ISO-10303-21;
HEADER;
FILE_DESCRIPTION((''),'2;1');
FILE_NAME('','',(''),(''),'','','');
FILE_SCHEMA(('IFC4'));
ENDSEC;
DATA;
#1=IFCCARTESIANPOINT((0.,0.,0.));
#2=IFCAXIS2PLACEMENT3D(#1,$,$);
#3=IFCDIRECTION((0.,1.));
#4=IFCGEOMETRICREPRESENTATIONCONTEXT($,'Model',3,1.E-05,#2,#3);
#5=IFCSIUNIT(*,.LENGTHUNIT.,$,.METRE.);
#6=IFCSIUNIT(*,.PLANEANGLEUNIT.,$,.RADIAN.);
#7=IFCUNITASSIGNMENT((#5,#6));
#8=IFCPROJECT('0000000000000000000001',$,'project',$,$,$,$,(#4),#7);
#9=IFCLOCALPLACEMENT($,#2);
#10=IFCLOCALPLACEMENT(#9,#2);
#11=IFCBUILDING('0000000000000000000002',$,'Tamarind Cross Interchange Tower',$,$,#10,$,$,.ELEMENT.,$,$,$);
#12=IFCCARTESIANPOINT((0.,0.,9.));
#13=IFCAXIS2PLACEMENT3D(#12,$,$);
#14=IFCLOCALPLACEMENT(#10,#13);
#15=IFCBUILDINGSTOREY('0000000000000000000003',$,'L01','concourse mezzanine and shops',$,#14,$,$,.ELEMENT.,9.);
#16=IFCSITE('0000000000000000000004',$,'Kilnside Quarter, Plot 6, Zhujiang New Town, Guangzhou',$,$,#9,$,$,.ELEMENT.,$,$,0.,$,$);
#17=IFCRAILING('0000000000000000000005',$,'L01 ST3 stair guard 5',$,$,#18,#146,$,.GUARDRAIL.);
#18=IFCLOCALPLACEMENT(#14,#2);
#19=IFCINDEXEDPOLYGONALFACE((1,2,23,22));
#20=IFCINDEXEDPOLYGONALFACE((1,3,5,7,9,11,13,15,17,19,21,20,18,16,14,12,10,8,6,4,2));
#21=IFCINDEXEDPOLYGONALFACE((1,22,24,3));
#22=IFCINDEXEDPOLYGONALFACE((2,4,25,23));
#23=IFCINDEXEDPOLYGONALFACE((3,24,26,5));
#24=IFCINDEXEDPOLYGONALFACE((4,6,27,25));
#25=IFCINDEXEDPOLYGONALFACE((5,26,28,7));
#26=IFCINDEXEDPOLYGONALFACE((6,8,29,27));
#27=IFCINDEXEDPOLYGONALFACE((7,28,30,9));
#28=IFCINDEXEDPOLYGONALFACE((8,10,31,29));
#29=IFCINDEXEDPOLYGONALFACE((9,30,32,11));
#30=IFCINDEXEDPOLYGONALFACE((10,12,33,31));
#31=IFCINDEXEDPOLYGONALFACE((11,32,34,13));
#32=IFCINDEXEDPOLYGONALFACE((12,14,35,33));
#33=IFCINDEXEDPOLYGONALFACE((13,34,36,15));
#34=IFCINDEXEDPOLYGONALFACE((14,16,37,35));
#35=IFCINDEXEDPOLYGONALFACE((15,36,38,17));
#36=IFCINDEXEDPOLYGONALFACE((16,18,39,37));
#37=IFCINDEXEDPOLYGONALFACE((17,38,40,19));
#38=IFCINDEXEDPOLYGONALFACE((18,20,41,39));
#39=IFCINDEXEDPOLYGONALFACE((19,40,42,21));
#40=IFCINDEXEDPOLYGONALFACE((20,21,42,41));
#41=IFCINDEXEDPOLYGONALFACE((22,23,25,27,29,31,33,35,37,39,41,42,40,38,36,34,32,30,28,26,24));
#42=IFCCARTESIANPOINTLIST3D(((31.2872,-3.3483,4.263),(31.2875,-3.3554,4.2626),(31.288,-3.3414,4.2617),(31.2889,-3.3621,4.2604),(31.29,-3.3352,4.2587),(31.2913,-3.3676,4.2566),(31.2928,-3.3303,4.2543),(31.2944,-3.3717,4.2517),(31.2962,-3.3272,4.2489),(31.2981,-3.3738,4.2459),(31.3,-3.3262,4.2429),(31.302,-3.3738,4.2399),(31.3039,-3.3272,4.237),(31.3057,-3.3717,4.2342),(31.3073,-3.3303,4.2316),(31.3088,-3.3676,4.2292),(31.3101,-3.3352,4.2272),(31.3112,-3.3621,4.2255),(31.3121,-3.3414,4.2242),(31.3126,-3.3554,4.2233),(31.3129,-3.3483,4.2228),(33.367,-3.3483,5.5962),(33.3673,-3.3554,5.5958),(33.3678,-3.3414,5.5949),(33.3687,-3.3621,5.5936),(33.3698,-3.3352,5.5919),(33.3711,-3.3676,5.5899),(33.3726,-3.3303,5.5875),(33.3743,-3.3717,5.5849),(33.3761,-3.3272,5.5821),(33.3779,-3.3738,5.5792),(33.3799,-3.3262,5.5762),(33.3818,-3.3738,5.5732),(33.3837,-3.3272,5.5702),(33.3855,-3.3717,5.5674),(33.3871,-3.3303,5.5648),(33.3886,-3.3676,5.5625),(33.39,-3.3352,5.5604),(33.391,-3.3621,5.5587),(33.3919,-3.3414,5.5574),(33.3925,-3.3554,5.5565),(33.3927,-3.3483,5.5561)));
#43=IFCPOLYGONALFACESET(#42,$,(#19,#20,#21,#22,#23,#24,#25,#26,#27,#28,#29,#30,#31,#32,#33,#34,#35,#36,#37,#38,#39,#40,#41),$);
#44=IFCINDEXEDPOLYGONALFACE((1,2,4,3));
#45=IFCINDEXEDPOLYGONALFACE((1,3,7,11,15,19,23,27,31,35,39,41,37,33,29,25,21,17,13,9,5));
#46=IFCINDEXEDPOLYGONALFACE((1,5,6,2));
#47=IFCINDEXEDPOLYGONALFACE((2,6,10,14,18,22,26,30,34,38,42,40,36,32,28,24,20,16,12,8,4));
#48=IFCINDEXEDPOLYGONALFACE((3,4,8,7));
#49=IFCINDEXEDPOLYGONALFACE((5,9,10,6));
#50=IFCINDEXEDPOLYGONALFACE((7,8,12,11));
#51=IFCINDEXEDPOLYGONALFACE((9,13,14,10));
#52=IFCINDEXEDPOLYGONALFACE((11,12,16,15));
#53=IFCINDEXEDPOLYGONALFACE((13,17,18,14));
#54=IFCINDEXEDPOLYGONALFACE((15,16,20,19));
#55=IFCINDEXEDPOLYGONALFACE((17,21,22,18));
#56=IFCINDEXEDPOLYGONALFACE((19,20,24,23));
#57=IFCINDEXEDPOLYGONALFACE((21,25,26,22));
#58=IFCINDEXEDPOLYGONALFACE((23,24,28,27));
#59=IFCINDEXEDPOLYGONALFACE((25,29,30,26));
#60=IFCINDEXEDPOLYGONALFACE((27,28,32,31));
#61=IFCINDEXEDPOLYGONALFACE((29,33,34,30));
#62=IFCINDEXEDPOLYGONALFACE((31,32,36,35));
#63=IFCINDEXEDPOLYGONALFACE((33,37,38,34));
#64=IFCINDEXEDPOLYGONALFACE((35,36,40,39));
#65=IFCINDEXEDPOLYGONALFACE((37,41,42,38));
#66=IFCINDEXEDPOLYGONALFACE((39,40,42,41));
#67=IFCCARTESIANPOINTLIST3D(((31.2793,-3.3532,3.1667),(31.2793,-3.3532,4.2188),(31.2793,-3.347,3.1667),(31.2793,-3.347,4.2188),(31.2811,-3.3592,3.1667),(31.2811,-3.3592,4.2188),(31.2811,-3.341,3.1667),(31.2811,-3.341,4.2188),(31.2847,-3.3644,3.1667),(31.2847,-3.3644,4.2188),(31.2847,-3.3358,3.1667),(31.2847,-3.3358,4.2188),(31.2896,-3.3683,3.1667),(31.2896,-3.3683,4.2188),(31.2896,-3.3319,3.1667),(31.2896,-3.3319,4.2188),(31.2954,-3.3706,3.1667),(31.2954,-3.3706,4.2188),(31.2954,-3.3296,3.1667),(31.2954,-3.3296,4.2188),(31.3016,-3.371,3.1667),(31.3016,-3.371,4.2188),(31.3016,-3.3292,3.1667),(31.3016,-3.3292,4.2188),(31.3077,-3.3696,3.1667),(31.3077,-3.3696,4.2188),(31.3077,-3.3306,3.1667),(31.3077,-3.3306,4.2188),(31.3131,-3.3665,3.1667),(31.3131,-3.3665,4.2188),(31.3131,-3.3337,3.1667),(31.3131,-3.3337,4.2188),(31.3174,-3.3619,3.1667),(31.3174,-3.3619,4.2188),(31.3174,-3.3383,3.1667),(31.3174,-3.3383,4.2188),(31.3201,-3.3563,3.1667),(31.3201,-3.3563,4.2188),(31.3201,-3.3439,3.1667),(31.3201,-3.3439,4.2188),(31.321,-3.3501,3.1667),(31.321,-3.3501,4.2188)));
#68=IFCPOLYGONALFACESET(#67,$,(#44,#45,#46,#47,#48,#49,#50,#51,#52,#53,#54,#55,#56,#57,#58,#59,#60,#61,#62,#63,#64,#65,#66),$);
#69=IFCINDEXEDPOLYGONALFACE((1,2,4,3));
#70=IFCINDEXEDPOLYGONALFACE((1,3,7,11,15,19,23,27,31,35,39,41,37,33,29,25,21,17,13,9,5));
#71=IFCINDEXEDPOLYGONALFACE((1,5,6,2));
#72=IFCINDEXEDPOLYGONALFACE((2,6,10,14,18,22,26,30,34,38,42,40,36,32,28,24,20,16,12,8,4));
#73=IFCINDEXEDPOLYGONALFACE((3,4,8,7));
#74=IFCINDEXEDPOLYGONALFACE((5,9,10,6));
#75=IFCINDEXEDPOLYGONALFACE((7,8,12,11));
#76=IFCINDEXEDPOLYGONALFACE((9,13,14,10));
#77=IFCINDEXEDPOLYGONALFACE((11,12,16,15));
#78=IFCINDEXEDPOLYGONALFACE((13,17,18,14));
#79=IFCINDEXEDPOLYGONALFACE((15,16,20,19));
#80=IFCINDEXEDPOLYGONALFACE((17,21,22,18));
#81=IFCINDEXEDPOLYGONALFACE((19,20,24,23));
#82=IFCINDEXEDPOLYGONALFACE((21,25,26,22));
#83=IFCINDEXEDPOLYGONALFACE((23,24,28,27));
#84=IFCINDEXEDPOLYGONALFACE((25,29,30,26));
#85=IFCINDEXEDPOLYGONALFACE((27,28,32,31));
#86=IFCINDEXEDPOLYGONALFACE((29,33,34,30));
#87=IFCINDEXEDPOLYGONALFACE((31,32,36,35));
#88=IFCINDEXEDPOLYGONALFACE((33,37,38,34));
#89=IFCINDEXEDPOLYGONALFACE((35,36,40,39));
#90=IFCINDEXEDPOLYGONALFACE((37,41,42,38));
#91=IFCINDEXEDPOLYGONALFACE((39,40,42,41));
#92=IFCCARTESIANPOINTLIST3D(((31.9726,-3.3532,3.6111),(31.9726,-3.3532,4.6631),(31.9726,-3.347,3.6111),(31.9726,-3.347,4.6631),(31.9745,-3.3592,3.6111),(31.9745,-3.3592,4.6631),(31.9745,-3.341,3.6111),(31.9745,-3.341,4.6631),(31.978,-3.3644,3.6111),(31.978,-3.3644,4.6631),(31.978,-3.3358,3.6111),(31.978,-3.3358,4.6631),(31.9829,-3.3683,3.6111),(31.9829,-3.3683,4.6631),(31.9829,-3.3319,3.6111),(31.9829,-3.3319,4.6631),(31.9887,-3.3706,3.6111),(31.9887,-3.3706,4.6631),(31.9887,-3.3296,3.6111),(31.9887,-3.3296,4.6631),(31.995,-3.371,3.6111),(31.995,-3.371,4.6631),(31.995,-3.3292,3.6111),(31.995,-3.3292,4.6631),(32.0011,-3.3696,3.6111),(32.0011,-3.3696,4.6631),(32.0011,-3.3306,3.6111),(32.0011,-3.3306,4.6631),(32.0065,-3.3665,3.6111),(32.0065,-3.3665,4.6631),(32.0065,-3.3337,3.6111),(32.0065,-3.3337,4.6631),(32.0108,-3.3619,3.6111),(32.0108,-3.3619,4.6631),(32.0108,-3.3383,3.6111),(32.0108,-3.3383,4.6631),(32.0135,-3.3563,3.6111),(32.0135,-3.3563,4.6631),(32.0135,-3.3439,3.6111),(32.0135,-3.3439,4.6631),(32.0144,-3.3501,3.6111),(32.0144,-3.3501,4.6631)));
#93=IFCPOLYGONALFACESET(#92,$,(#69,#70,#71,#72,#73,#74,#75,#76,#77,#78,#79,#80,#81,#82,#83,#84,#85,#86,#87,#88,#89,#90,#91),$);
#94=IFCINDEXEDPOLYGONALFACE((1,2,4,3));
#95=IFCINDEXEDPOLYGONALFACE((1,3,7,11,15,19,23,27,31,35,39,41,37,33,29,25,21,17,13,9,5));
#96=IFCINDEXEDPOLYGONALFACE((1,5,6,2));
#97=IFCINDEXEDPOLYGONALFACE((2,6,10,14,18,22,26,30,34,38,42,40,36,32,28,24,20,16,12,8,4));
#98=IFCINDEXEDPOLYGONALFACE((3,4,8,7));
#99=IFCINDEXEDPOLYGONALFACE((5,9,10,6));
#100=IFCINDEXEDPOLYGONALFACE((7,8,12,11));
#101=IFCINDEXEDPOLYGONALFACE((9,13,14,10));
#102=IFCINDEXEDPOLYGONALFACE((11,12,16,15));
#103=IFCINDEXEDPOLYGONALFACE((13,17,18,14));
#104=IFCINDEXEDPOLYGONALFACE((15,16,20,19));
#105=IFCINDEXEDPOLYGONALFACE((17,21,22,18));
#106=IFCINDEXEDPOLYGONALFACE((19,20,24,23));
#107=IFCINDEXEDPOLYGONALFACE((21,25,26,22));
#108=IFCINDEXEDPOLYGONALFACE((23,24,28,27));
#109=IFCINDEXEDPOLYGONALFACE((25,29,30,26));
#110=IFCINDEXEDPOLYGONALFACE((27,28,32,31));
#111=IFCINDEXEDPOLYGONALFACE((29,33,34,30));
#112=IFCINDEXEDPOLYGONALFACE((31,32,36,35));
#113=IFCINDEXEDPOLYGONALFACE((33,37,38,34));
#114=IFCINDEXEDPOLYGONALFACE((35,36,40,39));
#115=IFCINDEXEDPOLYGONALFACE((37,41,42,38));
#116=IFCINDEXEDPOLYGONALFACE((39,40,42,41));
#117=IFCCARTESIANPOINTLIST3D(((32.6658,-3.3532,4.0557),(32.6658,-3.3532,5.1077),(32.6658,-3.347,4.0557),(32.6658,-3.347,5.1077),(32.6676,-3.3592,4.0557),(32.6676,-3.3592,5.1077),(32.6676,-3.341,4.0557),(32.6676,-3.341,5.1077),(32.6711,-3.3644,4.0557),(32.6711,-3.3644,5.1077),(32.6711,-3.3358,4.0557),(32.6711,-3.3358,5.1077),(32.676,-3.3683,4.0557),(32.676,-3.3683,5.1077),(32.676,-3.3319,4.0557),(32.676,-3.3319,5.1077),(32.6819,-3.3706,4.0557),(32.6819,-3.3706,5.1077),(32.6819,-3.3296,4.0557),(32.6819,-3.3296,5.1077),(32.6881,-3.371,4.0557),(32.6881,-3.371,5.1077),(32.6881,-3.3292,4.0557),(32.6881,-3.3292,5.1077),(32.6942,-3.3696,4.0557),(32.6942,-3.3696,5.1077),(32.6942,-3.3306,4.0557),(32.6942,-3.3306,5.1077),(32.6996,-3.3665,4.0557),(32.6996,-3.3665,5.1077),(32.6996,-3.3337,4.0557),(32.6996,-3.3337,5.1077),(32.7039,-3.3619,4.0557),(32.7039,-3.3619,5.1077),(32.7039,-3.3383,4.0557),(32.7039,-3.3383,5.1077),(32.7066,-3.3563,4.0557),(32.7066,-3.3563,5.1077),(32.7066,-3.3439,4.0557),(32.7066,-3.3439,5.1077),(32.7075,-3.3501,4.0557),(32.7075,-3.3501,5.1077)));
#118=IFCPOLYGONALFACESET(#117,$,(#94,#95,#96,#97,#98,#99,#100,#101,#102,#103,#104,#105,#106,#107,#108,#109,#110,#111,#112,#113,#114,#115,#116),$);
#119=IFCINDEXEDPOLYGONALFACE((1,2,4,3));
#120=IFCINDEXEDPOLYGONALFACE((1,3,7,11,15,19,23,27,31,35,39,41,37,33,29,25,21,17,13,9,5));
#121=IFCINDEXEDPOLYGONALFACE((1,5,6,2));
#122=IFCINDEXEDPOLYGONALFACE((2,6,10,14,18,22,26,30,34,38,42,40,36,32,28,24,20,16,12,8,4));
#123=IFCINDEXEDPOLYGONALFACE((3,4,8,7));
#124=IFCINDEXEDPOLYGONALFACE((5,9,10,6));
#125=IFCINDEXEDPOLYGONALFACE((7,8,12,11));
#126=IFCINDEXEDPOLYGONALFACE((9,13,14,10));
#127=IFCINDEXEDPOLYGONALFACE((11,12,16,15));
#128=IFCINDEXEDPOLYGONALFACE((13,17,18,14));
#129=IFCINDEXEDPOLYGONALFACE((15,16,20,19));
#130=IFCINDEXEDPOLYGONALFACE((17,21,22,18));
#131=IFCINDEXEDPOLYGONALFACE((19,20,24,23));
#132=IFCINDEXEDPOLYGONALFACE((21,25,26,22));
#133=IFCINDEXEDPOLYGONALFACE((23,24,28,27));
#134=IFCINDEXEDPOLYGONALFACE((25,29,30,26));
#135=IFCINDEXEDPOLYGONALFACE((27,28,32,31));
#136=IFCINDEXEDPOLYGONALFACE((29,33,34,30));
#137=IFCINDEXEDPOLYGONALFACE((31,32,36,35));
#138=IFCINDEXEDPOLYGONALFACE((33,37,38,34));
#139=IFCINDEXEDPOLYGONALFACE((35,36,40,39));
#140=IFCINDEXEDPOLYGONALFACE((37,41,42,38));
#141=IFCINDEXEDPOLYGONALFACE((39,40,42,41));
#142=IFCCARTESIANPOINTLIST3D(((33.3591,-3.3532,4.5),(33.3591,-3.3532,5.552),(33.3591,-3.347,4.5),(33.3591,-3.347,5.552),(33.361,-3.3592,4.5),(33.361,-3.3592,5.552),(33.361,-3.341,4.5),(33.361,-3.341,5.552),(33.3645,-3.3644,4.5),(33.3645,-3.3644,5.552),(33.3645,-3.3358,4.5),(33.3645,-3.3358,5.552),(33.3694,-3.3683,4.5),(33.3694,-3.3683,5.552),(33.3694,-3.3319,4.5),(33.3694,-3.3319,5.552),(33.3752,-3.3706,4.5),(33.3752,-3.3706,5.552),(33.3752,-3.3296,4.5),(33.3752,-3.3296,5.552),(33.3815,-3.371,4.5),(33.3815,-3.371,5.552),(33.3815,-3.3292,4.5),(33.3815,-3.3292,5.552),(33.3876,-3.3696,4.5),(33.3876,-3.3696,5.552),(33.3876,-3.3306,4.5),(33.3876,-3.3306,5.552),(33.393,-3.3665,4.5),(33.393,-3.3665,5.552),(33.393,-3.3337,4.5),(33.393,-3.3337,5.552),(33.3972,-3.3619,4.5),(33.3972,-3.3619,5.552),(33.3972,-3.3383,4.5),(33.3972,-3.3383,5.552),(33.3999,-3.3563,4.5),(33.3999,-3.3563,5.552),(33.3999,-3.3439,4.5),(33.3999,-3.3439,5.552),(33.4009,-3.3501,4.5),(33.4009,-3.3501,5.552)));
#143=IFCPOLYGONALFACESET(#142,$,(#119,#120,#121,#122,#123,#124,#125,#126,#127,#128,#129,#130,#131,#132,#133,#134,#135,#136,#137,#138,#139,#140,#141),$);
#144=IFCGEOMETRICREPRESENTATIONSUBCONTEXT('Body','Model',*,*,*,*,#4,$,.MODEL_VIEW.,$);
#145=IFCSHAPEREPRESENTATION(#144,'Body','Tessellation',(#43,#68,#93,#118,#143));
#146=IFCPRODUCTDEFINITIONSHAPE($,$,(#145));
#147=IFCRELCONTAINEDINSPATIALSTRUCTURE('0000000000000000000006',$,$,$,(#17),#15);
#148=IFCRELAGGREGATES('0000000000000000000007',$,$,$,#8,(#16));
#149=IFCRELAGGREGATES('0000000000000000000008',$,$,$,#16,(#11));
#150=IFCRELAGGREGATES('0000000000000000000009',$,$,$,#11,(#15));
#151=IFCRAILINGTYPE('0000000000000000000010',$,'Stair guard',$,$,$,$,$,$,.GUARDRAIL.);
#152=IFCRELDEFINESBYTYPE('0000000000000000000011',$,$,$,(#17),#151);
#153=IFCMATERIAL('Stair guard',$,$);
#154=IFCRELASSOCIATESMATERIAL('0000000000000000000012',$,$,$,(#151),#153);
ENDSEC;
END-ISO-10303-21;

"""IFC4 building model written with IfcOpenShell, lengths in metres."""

from ifc_helpers import new_model, si_unit, direction, frame, origin, origin_2d, place, context, subcontext, project, spatial, circle, extrude, material, type_object, element, save


model = new_model("IFC4")

# Units and contexts
model_context = context("Model", 3, precision=1e-05, world=origin(), true_north=direction((0.0, 1.0)))
body_context = subcontext(model_context, "Body", "Model", "MODEL_VIEW")
ifc_project = project(units=[si_unit("LENGTHUNIT", "METRE"), si_unit("PLANEANGLEUNIT", "RADIAN")], contexts=[model_context])

# Site, building, storey
site_placement = place(None, origin())
site = spatial("IfcSite", under=ifc_project, at=site_placement, Name="Kilnside Quarter, Plot 6, Zhujiang New Town, Guangzhou", CompositionType="ELEMENT", RefElevation=0.0)
building_placement = place(site_placement, origin())
building = spatial("IfcBuilding", under=site, at=building_placement, Name="Tamarind Cross Interchange Tower", CompositionType="ELEMENT")
storey_placement = place(building_placement, frame((0.0, 0.0, 9.0)))
storey = spatial("IfcBuildingStorey", under=building, at=storey_placement, Name="L01", Description="concourse mezzanine and shops", CompositionType="ELEMENT", Elevation=9.0)

# Railing
ifc_material_1 = material(Name="Stair guard")
railing_type_1 = type_object("IfcRailingType", Name="Stair guard", PredefinedType="GUARDRAIL", material=ifc_material_1)
railing_1_placement = place(storey_placement, frame((31.3, -3.3501, 3.1667)))
element("IfcRailing", 1, at=railing_1_placement, inside=storey, type_object=railing_type_1, Name="L01 ST3 stair guard 5", PredefinedType="GUARDRAIL", context=body_context, shape_type="SweptSolid", body=[
    extrude(circle(Radius=0.0239, at=origin_2d()), frame((0.0, 0.0, 1.0762), z_axis=(0.841875, 0.0, 0.539673), x_axis=(0.0, 1.0, 0.0)), (0.0, 0.0, 1.0), 2.4705),
    extrude(circle(Radius=0.021, at=origin_2d()), origin(), (0.0, 0.0, 1.0), 1.052),
    extrude(circle(Radius=0.021, at=origin_2d()), frame((0.6934, 0.0, 0.4443)), (0.0, 0.0, 1.0), 1.052),
    extrude(circle(Radius=0.021, at=origin_2d()), frame((1.3865, 0.0, 0.8889)), (0.0, 0.0, 1.0), 1.052),
    extrude(circle(Radius=0.021, at=origin_2d()), frame((2.0798, 0.0, 1.3333)), (0.0, 0.0, 1.0), 1.052),
])

save(model, "model.ifc")
